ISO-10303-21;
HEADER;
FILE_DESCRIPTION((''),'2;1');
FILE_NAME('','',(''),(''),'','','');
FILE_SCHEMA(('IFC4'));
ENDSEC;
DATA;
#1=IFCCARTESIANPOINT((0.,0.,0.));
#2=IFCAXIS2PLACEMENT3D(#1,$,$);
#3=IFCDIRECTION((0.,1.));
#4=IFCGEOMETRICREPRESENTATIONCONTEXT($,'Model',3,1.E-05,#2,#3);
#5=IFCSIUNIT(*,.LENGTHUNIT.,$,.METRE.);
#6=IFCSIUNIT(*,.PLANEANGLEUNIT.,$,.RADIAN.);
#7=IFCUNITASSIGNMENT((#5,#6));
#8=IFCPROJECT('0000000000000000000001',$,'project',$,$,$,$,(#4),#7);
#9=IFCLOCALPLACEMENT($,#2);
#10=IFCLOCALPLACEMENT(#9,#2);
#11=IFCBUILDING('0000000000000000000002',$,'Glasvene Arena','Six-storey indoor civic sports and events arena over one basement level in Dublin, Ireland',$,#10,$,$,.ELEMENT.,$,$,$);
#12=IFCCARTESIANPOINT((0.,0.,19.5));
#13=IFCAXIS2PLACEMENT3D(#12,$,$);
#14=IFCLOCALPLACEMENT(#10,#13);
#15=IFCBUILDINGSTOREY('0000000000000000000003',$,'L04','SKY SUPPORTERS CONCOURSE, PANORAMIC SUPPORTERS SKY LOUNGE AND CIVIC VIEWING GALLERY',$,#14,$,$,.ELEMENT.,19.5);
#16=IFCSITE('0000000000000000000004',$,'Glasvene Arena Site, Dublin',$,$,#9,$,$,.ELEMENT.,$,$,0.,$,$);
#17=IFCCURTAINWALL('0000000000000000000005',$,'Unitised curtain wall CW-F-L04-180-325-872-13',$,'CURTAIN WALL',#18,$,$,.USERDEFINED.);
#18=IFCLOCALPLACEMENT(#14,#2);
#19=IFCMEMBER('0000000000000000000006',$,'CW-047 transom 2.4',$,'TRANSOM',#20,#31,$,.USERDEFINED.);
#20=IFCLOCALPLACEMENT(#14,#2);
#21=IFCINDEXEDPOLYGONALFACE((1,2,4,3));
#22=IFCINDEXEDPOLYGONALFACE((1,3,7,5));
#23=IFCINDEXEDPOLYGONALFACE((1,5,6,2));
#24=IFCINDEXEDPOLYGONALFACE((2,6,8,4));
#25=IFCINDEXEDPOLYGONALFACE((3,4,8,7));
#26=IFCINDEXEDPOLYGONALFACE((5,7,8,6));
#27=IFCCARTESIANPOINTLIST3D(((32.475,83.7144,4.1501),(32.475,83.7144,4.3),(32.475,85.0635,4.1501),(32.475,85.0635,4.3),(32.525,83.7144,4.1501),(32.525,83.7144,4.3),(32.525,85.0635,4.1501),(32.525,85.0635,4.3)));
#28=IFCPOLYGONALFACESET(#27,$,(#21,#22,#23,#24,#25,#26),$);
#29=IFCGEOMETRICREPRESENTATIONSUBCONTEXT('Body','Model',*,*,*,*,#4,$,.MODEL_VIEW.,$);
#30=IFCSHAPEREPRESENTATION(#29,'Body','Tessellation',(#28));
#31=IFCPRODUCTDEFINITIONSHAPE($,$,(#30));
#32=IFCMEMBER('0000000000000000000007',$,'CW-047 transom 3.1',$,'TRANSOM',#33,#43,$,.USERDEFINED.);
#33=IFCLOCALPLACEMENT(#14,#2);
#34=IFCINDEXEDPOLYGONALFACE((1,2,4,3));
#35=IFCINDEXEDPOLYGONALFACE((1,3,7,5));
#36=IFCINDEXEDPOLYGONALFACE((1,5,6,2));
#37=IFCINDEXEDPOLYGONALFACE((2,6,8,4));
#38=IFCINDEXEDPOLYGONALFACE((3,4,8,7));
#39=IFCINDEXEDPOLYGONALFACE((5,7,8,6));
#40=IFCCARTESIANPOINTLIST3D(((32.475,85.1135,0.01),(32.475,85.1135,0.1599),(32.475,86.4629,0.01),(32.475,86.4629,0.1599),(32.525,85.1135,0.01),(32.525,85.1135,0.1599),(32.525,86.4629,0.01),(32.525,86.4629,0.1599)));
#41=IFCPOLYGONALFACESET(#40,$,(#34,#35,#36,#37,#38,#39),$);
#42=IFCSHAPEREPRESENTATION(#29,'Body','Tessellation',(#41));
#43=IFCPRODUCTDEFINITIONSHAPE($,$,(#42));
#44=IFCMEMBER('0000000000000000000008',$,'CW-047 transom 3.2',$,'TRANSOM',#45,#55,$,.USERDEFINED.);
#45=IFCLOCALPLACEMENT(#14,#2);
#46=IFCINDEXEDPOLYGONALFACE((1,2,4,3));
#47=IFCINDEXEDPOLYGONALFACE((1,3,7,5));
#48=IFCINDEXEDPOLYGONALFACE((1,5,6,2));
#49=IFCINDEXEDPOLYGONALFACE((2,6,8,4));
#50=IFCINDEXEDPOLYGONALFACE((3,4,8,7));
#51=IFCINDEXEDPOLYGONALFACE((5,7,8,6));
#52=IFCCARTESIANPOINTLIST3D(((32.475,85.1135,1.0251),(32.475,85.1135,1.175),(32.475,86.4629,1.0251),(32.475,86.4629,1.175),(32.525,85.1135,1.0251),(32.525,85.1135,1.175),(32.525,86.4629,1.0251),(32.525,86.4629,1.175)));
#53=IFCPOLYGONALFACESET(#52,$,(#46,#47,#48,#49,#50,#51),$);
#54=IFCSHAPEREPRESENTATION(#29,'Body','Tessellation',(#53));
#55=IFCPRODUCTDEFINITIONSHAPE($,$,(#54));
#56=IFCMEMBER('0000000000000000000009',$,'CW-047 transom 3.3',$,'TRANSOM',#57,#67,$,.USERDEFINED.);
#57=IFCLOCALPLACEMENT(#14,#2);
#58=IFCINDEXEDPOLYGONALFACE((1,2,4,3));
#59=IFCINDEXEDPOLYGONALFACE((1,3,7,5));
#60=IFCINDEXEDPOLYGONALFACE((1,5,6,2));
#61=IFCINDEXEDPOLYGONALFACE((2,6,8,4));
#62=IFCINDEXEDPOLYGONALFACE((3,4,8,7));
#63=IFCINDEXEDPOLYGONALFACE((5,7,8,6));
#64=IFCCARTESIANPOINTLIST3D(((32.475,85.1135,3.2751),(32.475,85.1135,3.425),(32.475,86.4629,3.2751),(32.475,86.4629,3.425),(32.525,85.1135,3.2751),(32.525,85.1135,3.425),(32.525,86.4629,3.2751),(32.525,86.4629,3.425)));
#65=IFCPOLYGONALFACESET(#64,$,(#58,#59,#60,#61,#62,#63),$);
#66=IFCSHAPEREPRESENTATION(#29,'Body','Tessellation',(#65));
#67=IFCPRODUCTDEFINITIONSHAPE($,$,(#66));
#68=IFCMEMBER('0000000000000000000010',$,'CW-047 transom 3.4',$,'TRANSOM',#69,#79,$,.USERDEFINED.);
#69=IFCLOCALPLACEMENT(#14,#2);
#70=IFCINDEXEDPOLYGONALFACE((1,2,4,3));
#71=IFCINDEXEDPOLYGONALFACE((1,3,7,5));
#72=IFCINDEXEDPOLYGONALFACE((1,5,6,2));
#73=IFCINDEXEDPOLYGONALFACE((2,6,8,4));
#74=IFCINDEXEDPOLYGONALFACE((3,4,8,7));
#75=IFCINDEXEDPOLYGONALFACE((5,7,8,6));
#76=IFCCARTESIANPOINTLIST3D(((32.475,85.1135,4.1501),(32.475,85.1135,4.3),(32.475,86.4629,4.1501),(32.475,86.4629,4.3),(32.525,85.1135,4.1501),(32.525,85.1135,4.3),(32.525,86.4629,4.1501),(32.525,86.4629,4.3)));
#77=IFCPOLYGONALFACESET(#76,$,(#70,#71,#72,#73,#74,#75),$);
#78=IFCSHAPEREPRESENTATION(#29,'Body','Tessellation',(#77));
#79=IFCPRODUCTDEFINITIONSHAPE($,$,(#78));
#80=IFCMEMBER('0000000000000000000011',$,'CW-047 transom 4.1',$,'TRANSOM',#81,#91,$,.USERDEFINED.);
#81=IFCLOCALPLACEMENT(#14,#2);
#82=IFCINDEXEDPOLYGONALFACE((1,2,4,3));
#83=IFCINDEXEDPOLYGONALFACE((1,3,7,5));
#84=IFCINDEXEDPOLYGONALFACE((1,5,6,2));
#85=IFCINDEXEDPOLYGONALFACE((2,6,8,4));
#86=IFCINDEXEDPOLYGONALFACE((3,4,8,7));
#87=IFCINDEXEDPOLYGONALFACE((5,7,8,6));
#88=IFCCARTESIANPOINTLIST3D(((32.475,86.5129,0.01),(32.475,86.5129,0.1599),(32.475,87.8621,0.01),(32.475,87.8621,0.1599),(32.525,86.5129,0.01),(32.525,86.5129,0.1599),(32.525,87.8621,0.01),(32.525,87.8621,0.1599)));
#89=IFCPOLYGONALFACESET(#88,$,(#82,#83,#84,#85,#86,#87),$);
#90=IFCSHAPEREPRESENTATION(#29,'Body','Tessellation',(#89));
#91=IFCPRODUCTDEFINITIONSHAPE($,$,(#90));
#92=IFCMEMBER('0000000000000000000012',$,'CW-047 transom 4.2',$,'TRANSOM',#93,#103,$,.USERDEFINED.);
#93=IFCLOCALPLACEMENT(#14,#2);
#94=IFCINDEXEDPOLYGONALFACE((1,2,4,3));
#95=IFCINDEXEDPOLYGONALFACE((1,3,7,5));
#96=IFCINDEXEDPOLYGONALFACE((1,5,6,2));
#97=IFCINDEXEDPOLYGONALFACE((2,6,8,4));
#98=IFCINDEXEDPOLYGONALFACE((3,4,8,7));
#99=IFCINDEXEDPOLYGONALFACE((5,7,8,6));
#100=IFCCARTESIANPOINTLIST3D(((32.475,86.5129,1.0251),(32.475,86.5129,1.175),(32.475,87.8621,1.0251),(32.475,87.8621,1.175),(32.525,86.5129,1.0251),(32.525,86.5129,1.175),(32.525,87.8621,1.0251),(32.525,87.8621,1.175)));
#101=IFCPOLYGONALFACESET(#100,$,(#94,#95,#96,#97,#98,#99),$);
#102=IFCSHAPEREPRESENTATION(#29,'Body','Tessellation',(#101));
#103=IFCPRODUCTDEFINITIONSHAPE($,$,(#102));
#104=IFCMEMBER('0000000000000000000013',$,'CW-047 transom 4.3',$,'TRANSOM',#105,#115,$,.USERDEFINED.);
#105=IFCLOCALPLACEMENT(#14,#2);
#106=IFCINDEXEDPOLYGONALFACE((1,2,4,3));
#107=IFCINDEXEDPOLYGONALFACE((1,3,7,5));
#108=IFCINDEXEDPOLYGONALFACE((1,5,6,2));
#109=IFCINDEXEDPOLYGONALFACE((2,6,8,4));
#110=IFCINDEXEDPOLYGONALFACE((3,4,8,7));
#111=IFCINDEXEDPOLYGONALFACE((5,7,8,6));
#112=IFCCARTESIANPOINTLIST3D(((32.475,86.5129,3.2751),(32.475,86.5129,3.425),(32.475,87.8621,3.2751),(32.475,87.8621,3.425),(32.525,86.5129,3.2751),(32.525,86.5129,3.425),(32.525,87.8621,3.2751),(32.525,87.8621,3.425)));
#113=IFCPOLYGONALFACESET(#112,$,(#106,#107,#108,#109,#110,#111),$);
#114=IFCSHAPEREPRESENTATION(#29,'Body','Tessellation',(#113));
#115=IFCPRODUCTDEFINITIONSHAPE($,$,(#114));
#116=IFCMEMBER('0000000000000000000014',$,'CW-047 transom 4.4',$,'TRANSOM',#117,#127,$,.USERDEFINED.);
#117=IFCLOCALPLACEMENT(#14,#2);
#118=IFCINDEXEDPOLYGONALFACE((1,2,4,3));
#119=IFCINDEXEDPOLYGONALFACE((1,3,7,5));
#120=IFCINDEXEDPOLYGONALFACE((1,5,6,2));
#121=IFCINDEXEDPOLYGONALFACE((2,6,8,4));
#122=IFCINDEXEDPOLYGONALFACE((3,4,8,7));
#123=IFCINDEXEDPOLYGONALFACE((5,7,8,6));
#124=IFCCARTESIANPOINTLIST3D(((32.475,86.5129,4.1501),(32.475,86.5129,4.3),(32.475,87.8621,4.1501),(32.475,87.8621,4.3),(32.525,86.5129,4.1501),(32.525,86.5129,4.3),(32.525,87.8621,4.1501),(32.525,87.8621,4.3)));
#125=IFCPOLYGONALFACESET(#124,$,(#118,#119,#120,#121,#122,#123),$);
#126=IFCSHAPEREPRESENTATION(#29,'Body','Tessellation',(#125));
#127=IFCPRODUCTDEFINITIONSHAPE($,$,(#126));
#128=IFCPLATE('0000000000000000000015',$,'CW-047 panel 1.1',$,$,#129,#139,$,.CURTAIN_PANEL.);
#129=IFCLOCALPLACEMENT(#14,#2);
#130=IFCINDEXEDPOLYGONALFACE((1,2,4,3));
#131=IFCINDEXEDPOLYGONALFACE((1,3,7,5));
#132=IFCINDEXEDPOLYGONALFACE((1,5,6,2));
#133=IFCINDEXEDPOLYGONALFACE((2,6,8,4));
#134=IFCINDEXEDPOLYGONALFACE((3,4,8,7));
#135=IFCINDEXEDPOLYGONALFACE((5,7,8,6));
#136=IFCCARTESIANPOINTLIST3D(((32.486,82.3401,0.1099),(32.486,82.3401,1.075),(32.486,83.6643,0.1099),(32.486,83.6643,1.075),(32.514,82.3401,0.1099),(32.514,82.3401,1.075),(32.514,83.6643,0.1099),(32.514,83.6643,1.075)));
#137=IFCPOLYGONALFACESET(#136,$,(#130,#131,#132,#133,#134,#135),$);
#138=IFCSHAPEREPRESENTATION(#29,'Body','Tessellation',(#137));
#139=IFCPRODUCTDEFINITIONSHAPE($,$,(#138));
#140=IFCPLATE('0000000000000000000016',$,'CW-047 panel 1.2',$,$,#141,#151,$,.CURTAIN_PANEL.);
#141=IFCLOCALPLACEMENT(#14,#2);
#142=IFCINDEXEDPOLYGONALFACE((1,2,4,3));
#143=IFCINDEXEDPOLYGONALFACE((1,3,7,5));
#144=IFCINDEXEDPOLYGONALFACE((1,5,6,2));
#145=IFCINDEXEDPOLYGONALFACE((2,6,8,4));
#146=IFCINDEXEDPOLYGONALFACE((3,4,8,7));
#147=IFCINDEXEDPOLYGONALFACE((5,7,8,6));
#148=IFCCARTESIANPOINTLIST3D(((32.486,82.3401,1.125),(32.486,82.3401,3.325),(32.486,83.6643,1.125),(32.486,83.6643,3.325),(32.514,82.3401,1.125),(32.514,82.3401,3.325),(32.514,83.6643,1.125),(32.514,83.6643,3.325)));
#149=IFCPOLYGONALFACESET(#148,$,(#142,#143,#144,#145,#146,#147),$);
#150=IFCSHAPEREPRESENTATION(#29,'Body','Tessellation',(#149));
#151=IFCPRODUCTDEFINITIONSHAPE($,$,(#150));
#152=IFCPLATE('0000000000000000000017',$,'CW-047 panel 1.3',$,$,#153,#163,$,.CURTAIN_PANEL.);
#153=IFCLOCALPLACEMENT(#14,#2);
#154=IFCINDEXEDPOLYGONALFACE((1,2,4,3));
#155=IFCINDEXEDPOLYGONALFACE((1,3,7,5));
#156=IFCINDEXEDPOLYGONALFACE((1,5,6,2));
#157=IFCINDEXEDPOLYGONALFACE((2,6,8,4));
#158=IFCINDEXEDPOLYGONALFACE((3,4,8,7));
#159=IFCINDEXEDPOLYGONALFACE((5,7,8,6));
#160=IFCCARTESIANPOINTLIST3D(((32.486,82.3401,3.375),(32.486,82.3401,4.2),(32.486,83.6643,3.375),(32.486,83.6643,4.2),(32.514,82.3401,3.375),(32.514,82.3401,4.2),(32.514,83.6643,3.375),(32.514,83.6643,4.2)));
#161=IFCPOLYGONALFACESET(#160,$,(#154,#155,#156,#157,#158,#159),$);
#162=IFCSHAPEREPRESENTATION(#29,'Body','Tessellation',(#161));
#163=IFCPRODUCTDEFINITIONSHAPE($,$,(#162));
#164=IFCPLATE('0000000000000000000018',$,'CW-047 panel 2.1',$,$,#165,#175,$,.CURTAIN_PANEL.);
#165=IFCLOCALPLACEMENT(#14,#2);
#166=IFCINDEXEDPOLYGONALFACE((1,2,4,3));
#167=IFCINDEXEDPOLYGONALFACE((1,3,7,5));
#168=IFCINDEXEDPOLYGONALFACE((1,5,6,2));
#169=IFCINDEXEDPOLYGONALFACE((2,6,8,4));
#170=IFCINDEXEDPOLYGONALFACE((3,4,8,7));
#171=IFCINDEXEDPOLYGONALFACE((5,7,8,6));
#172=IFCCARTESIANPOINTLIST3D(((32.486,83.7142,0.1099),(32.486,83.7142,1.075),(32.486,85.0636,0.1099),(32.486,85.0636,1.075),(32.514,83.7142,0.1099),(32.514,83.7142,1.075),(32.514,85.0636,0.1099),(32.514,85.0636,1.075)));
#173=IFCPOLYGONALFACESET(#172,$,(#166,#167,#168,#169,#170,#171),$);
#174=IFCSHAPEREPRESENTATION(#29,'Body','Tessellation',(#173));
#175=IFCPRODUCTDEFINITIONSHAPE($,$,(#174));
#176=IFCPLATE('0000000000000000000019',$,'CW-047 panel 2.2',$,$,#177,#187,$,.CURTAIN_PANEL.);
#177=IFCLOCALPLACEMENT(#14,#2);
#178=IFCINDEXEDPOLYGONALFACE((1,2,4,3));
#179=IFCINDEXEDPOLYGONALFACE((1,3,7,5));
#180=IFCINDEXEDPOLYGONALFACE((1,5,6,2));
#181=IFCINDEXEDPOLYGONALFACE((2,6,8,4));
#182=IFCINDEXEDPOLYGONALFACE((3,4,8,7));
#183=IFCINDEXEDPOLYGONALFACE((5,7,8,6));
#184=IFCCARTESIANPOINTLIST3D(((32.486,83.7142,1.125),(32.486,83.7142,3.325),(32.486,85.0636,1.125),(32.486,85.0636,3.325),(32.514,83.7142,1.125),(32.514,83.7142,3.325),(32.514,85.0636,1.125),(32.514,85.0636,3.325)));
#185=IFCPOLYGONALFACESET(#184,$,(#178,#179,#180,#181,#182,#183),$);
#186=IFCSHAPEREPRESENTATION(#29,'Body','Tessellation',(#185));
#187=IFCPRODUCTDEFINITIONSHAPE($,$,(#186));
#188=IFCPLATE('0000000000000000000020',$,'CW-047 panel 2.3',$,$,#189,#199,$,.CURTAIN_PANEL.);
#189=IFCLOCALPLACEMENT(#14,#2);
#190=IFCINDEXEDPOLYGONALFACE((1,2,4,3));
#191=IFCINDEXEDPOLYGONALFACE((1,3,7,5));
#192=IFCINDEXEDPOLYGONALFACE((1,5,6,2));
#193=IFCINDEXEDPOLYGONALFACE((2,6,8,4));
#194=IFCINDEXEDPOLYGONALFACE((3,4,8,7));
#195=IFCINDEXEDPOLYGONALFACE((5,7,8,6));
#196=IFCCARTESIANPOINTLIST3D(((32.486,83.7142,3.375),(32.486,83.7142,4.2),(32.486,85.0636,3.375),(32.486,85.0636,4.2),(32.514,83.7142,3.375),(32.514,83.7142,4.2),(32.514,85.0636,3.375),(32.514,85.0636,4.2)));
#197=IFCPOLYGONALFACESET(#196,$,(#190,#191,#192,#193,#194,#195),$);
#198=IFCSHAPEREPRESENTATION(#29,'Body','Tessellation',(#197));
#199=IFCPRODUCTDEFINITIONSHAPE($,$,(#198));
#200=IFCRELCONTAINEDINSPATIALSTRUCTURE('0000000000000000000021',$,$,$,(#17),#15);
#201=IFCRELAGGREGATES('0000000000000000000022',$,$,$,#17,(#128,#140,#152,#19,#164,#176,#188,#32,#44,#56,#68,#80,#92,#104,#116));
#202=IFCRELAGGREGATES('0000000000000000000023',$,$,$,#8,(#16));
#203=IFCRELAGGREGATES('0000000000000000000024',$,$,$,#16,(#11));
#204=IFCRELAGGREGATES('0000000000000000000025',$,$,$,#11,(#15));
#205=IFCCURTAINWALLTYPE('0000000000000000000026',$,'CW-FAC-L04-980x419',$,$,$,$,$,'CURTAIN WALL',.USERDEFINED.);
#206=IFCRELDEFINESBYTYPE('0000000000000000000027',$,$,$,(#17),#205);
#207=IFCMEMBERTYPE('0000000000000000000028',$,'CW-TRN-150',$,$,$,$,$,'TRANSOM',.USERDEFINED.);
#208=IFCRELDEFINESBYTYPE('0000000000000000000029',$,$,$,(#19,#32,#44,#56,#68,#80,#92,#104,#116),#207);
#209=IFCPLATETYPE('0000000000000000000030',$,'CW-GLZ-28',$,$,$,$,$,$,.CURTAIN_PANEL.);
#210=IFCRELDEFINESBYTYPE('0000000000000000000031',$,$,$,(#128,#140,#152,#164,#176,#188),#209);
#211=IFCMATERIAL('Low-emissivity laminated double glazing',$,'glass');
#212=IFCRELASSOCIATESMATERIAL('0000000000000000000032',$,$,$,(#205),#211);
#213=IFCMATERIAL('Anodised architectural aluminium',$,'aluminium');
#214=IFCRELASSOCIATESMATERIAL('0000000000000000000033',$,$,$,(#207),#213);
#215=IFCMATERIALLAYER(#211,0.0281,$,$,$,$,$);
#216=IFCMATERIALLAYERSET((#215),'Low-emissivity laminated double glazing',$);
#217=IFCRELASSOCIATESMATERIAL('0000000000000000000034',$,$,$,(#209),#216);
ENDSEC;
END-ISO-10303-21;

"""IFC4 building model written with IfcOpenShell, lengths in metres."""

from ifc_helpers import new_model, si_unit, direction, frame, origin, origin_2d, place, context, subcontext, project, spatial, rectangle, extrude, material, layer, layer_set, material_profile, profile_set, type_object, element, aggregate, save


model = new_model("IFC4")

# Units and contexts
model_context = context("Model", 3, precision=1e-05, world=origin(), true_north=direction((0.0, 1.0)))
body_context = subcontext(model_context, "Body", "Model", "MODEL_VIEW")
ifc_project = project(units=[si_unit("LENGTHUNIT", "METRE"), si_unit("PLANEANGLEUNIT", "RADIAN")], contexts=[model_context])

# Site, building, storey
site_placement = place(None, origin())
site = spatial("IfcSite", under=ifc_project, at=site_placement, Name="Glasvene Arena Site, Dublin", CompositionType="ELEMENT", RefElevation=0.0)
building_placement = place(site_placement, origin())
building = spatial("IfcBuilding", under=site, at=building_placement, Name="Glasvene Arena", Description="Six-storey indoor civic sports and events arena over one basement level in Dublin, Ireland", CompositionType="ELEMENT")
storey_placement = place(building_placement, frame((0.0, 0.0, 19.5)))
storey = spatial("IfcBuildingStorey", under=building, at=storey_placement, Name="L04", Description="SKY SUPPORTERS CONCOURSE, PANORAMIC SUPPORTERS SKY LOUNGE AND CIVIC VIEWING GALLERY", CompositionType="ELEMENT", Elevation=19.5)

# Curtain wall, members, plates
ifc_material_1 = material(Name="Low-emissivity laminated double glazing", Category="glass")
curtain_wall_type = type_object("IfcCurtainWallType", Name="CW-FAC-L04-980x419", ElementType="CURTAIN WALL", PredefinedType="USERDEFINED", material=ifc_material_1)
curtain_wall_placement = place(storey_placement, frame((32.5, 82.29, 0.0)))
curtain_wall = element("IfcCurtainWall", 1, at=curtain_wall_placement, inside=storey, type_object=curtain_wall_type, Name="Unitised curtain wall CW-F-L04-180-325-872-13", ObjectType="CURTAIN WALL", PredefinedType="USERDEFINED")
ifc_material_2 = material(Name="Anodised architectural aluminium", Category="aluminium")
ifc_material_profile_1 = material_profile(ifc_material_2, rectangle(XDim=0.05, YDim=0.1499, at=origin_2d()), Name="ALU TRANSOM 50x150")
ifc_profile_set_1 = profile_set([ifc_material_profile_1], Name="Anodised architectural aluminium")
member_type_1 = type_object("IfcMemberType", Name="CW-TRN-150", ElementType="TRANSOM", PredefinedType="USERDEFINED", material=ifc_profile_set_1)
member_1_placement = place(storey_placement, frame((32.5, 83.7144, 4.2251), z_axis=(0.0, 1.0, 0.0), x_axis=(-1.0, 0.0, 0.0)))
member_1 = element("IfcMember", 2, at=member_1_placement, type_object=member_type_1, Name="CW-047 transom 2.4", ObjectType="TRANSOM", PredefinedType="USERDEFINED", context=body_context, shape_type="SweptSolid", body=[
    extrude(rectangle(XDim=0.05, YDim=0.1499, at=origin_2d()), origin(), (0.0, 0.0, 1.0), 1.3491),
])
member_2_placement = place(storey_placement, frame((32.5, 85.1135, 0.085), z_axis=(0.0, 1.0, 0.0), x_axis=(-1.0, 0.0, 0.0)))
member_2 = element("IfcMember", 3, at=member_2_placement, type_object=member_type_1, Name="CW-047 transom 3.1", ObjectType="TRANSOM", PredefinedType="USERDEFINED", context=body_context, shape_type="SweptSolid", body=[
    extrude(rectangle(XDim=0.05, YDim=0.1499, at=origin_2d()), origin(), (0.0, 0.0, 1.0), 1.3494),
])
member_3_placement = place(storey_placement, frame((32.5, 85.1135, 1.1001), z_axis=(0.0, 1.0, 0.0), x_axis=(-1.0, 0.0, 0.0)))
member_3 = element("IfcMember", 4, at=member_3_placement, type_object=member_type_1, Name="CW-047 transom 3.2", ObjectType="TRANSOM", PredefinedType="USERDEFINED", context=body_context, shape_type="SweptSolid", body=[
    extrude(rectangle(XDim=0.05, YDim=0.1499, at=origin_2d()), origin(), (0.0, 0.0, 1.0), 1.3494),
])
member_4_placement = place(storey_placement, frame((32.5, 85.1135, 3.3501), z_axis=(0.0, 1.0, 0.0), x_axis=(-1.0, 0.0, 0.0)))
member_4 = element("IfcMember", 5, at=member_4_placement, type_object=member_type_1, Name="CW-047 transom 3.3", ObjectType="TRANSOM", PredefinedType="USERDEFINED", context=body_context, shape_type="SweptSolid", body=[
    extrude(rectangle(XDim=0.05, YDim=0.1499, at=origin_2d()), origin(), (0.0, 0.0, 1.0), 1.3494),
])
member_5_placement = place(storey_placement, frame((32.5, 85.1135, 4.2251), z_axis=(0.0, 1.0, 0.0), x_axis=(-1.0, 0.0, 0.0)))
member_5 = element("IfcMember", 6, at=member_5_placement, type_object=member_type_1, Name="CW-047 transom 3.4", ObjectType="TRANSOM", PredefinedType="USERDEFINED", context=body_context, shape_type="SweptSolid", body=[
    extrude(rectangle(XDim=0.05, YDim=0.1499, at=origin_2d()), origin(), (0.0, 0.0, 1.0), 1.3494),
])
member_6_placement = place(storey_placement, frame((32.5, 86.5129, 0.085), z_axis=(0.0, 1.0, 0.0), x_axis=(-1.0, 0.0, 0.0)))
member_6 = element("IfcMember", 7, at=member_6_placement, type_object=member_type_1, Name="CW-047 transom 4.1", ObjectType="TRANSOM", PredefinedType="USERDEFINED", context=body_context, shape_type="SweptSolid", body=[
    extrude(rectangle(XDim=0.05, YDim=0.1499, at=origin_2d()), origin(), (0.0, 0.0, 1.0), 1.3491),
])
member_7_placement = place(storey_placement, frame((32.5, 86.5129, 1.1001), z_axis=(0.0, 1.0, 0.0), x_axis=(-1.0, 0.0, 0.0)))
member_7 = element("IfcMember", 8, at=member_7_placement, type_object=member_type_1, Name="CW-047 transom 4.2", ObjectType="TRANSOM", PredefinedType="USERDEFINED", context=body_context, shape_type="SweptSolid", body=[
    extrude(rectangle(XDim=0.05, YDim=0.1499, at=origin_2d()), origin(), (0.0, 0.0, 1.0), 1.3491),
])
member_8_placement = place(storey_placement, frame((32.5, 86.5129, 3.3501), z_axis=(0.0, 1.0, 0.0), x_axis=(-1.0, 0.0, 0.0)))
member_8 = element("IfcMember", 9, at=member_8_placement, type_object=member_type_1, Name="CW-047 transom 4.3", ObjectType="TRANSOM", PredefinedType="USERDEFINED", context=body_context, shape_type="SweptSolid", body=[
    extrude(rectangle(XDim=0.05, YDim=0.1499, at=origin_2d()), origin(), (0.0, 0.0, 1.0), 1.3491),
])
member_9_placement = place(storey_placement, frame((32.5, 86.5129, 4.2251), z_axis=(0.0, 1.0, 0.0), x_axis=(-1.0, 0.0, 0.0)))
member_9 = element("IfcMember", 10, at=member_9_placement, type_object=member_type_1, Name="CW-047 transom 4.4", ObjectType="TRANSOM", PredefinedType="USERDEFINED", context=body_context, shape_type="SweptSolid", body=[
    extrude(rectangle(XDim=0.05, YDim=0.1499, at=origin_2d()), origin(), (0.0, 0.0, 1.0), 1.3491),
])
ifc_layer_1 = layer(ifc_material_1, 0.0281)
ifc_layer_set_1 = layer_set([ifc_layer_1], Name="Low-emissivity laminated double glazing")
plate_type = type_object("IfcPlateType", Name="CW-GLZ-28", PredefinedType="CURTAIN_PANEL", material=ifc_layer_set_1)
plate_1_placement = place(storey_placement, frame((32.5, 83.0022, 0.1099), z_axis=(0.0, 0.0, 1.0), x_axis=(0.0, 1.0, 0.0)))
plate_1 = element("IfcPlate", 11, at=plate_1_placement, type_object=plate_type, Name="CW-047 panel 1.1", PredefinedType="CURTAIN_PANEL", context=body_context, shape_type="SweptSolid", body=[
    extrude(rectangle(XDim=1.3242, YDim=0.0281, at=origin_2d()), origin(), (0.0, 0.0, 1.0), 0.9651),
])
plate_2_placement = place(storey_placement, frame((32.5, 83.0022, 1.125), z_axis=(0.0, 0.0, 1.0), x_axis=(0.0, 1.0, 0.0)))
plate_2 = element("IfcPlate", 12, at=plate_2_placement, type_object=plate_type, Name="CW-047 panel 1.2", PredefinedType="CURTAIN_PANEL", context=body_context, shape_type="SweptSolid", body=[
    extrude(rectangle(XDim=1.3242, YDim=0.0281, at=origin_2d()), origin(), (0.0, 0.0, 1.0), 2.2),
])
plate_3_placement = place(storey_placement, frame((32.5, 83.0022, 3.375), z_axis=(0.0, 0.0, 1.0), x_axis=(0.0, 1.0, 0.0)))
plate_3 = element("IfcPlate", 13, at=plate_3_placement, type_object=plate_type, Name="CW-047 panel 1.3", PredefinedType="CURTAIN_PANEL", context=body_context, shape_type="SweptSolid", body=[
    extrude(rectangle(XDim=1.3242, YDim=0.0281, at=origin_2d()), origin(), (0.0, 0.0, 1.0), 0.825),
])
plate_4_placement = place(storey_placement, frame((32.5, 84.3889, 0.1099), z_axis=(0.0, 0.0, 1.0), x_axis=(0.0, 1.0, 0.0)))
plate_4 = element("IfcPlate", 14, at=plate_4_placement, type_object=plate_type, Name="CW-047 panel 2.1", PredefinedType="CURTAIN_PANEL", context=body_context, shape_type="SweptSolid", body=[
    extrude(rectangle(XDim=1.3494, YDim=0.0281, at=origin_2d()), origin(), (0.0, 0.0, 1.0), 0.9651),
])
plate_5_placement = place(storey_placement, frame((32.5, 84.3889, 1.125), z_axis=(0.0, 0.0, 1.0), x_axis=(0.0, 1.0, 0.0)))
plate_5 = element("IfcPlate", 15, at=plate_5_placement, type_object=plate_type, Name="CW-047 panel 2.2", PredefinedType="CURTAIN_PANEL", context=body_context, shape_type="SweptSolid", body=[
    extrude(rectangle(XDim=1.3494, YDim=0.0281, at=origin_2d()), origin(), (0.0, 0.0, 1.0), 2.2),
])
plate_6_placement = place(storey_placement, frame((32.5, 84.3889, 3.375), z_axis=(0.0, 0.0, 1.0), x_axis=(0.0, 1.0, 0.0)))
plate_6 = element("IfcPlate", 16, at=plate_6_placement, type_object=plate_type, Name="CW-047 panel 2.3", PredefinedType="CURTAIN_PANEL", context=body_context, shape_type="SweptSolid", body=[
    extrude(rectangle(XDim=1.3494, YDim=0.0281, at=origin_2d()), origin(), (0.0, 0.0, 1.0), 0.825),
])
aggregate(curtain_wall, [plate_1, plate_2, plate_3, member_1, plate_4, plate_5, plate_6, member_2, member_3, member_4, member_5, member_6, member_7, member_8, member_9])

save(model, "model.ifc")
